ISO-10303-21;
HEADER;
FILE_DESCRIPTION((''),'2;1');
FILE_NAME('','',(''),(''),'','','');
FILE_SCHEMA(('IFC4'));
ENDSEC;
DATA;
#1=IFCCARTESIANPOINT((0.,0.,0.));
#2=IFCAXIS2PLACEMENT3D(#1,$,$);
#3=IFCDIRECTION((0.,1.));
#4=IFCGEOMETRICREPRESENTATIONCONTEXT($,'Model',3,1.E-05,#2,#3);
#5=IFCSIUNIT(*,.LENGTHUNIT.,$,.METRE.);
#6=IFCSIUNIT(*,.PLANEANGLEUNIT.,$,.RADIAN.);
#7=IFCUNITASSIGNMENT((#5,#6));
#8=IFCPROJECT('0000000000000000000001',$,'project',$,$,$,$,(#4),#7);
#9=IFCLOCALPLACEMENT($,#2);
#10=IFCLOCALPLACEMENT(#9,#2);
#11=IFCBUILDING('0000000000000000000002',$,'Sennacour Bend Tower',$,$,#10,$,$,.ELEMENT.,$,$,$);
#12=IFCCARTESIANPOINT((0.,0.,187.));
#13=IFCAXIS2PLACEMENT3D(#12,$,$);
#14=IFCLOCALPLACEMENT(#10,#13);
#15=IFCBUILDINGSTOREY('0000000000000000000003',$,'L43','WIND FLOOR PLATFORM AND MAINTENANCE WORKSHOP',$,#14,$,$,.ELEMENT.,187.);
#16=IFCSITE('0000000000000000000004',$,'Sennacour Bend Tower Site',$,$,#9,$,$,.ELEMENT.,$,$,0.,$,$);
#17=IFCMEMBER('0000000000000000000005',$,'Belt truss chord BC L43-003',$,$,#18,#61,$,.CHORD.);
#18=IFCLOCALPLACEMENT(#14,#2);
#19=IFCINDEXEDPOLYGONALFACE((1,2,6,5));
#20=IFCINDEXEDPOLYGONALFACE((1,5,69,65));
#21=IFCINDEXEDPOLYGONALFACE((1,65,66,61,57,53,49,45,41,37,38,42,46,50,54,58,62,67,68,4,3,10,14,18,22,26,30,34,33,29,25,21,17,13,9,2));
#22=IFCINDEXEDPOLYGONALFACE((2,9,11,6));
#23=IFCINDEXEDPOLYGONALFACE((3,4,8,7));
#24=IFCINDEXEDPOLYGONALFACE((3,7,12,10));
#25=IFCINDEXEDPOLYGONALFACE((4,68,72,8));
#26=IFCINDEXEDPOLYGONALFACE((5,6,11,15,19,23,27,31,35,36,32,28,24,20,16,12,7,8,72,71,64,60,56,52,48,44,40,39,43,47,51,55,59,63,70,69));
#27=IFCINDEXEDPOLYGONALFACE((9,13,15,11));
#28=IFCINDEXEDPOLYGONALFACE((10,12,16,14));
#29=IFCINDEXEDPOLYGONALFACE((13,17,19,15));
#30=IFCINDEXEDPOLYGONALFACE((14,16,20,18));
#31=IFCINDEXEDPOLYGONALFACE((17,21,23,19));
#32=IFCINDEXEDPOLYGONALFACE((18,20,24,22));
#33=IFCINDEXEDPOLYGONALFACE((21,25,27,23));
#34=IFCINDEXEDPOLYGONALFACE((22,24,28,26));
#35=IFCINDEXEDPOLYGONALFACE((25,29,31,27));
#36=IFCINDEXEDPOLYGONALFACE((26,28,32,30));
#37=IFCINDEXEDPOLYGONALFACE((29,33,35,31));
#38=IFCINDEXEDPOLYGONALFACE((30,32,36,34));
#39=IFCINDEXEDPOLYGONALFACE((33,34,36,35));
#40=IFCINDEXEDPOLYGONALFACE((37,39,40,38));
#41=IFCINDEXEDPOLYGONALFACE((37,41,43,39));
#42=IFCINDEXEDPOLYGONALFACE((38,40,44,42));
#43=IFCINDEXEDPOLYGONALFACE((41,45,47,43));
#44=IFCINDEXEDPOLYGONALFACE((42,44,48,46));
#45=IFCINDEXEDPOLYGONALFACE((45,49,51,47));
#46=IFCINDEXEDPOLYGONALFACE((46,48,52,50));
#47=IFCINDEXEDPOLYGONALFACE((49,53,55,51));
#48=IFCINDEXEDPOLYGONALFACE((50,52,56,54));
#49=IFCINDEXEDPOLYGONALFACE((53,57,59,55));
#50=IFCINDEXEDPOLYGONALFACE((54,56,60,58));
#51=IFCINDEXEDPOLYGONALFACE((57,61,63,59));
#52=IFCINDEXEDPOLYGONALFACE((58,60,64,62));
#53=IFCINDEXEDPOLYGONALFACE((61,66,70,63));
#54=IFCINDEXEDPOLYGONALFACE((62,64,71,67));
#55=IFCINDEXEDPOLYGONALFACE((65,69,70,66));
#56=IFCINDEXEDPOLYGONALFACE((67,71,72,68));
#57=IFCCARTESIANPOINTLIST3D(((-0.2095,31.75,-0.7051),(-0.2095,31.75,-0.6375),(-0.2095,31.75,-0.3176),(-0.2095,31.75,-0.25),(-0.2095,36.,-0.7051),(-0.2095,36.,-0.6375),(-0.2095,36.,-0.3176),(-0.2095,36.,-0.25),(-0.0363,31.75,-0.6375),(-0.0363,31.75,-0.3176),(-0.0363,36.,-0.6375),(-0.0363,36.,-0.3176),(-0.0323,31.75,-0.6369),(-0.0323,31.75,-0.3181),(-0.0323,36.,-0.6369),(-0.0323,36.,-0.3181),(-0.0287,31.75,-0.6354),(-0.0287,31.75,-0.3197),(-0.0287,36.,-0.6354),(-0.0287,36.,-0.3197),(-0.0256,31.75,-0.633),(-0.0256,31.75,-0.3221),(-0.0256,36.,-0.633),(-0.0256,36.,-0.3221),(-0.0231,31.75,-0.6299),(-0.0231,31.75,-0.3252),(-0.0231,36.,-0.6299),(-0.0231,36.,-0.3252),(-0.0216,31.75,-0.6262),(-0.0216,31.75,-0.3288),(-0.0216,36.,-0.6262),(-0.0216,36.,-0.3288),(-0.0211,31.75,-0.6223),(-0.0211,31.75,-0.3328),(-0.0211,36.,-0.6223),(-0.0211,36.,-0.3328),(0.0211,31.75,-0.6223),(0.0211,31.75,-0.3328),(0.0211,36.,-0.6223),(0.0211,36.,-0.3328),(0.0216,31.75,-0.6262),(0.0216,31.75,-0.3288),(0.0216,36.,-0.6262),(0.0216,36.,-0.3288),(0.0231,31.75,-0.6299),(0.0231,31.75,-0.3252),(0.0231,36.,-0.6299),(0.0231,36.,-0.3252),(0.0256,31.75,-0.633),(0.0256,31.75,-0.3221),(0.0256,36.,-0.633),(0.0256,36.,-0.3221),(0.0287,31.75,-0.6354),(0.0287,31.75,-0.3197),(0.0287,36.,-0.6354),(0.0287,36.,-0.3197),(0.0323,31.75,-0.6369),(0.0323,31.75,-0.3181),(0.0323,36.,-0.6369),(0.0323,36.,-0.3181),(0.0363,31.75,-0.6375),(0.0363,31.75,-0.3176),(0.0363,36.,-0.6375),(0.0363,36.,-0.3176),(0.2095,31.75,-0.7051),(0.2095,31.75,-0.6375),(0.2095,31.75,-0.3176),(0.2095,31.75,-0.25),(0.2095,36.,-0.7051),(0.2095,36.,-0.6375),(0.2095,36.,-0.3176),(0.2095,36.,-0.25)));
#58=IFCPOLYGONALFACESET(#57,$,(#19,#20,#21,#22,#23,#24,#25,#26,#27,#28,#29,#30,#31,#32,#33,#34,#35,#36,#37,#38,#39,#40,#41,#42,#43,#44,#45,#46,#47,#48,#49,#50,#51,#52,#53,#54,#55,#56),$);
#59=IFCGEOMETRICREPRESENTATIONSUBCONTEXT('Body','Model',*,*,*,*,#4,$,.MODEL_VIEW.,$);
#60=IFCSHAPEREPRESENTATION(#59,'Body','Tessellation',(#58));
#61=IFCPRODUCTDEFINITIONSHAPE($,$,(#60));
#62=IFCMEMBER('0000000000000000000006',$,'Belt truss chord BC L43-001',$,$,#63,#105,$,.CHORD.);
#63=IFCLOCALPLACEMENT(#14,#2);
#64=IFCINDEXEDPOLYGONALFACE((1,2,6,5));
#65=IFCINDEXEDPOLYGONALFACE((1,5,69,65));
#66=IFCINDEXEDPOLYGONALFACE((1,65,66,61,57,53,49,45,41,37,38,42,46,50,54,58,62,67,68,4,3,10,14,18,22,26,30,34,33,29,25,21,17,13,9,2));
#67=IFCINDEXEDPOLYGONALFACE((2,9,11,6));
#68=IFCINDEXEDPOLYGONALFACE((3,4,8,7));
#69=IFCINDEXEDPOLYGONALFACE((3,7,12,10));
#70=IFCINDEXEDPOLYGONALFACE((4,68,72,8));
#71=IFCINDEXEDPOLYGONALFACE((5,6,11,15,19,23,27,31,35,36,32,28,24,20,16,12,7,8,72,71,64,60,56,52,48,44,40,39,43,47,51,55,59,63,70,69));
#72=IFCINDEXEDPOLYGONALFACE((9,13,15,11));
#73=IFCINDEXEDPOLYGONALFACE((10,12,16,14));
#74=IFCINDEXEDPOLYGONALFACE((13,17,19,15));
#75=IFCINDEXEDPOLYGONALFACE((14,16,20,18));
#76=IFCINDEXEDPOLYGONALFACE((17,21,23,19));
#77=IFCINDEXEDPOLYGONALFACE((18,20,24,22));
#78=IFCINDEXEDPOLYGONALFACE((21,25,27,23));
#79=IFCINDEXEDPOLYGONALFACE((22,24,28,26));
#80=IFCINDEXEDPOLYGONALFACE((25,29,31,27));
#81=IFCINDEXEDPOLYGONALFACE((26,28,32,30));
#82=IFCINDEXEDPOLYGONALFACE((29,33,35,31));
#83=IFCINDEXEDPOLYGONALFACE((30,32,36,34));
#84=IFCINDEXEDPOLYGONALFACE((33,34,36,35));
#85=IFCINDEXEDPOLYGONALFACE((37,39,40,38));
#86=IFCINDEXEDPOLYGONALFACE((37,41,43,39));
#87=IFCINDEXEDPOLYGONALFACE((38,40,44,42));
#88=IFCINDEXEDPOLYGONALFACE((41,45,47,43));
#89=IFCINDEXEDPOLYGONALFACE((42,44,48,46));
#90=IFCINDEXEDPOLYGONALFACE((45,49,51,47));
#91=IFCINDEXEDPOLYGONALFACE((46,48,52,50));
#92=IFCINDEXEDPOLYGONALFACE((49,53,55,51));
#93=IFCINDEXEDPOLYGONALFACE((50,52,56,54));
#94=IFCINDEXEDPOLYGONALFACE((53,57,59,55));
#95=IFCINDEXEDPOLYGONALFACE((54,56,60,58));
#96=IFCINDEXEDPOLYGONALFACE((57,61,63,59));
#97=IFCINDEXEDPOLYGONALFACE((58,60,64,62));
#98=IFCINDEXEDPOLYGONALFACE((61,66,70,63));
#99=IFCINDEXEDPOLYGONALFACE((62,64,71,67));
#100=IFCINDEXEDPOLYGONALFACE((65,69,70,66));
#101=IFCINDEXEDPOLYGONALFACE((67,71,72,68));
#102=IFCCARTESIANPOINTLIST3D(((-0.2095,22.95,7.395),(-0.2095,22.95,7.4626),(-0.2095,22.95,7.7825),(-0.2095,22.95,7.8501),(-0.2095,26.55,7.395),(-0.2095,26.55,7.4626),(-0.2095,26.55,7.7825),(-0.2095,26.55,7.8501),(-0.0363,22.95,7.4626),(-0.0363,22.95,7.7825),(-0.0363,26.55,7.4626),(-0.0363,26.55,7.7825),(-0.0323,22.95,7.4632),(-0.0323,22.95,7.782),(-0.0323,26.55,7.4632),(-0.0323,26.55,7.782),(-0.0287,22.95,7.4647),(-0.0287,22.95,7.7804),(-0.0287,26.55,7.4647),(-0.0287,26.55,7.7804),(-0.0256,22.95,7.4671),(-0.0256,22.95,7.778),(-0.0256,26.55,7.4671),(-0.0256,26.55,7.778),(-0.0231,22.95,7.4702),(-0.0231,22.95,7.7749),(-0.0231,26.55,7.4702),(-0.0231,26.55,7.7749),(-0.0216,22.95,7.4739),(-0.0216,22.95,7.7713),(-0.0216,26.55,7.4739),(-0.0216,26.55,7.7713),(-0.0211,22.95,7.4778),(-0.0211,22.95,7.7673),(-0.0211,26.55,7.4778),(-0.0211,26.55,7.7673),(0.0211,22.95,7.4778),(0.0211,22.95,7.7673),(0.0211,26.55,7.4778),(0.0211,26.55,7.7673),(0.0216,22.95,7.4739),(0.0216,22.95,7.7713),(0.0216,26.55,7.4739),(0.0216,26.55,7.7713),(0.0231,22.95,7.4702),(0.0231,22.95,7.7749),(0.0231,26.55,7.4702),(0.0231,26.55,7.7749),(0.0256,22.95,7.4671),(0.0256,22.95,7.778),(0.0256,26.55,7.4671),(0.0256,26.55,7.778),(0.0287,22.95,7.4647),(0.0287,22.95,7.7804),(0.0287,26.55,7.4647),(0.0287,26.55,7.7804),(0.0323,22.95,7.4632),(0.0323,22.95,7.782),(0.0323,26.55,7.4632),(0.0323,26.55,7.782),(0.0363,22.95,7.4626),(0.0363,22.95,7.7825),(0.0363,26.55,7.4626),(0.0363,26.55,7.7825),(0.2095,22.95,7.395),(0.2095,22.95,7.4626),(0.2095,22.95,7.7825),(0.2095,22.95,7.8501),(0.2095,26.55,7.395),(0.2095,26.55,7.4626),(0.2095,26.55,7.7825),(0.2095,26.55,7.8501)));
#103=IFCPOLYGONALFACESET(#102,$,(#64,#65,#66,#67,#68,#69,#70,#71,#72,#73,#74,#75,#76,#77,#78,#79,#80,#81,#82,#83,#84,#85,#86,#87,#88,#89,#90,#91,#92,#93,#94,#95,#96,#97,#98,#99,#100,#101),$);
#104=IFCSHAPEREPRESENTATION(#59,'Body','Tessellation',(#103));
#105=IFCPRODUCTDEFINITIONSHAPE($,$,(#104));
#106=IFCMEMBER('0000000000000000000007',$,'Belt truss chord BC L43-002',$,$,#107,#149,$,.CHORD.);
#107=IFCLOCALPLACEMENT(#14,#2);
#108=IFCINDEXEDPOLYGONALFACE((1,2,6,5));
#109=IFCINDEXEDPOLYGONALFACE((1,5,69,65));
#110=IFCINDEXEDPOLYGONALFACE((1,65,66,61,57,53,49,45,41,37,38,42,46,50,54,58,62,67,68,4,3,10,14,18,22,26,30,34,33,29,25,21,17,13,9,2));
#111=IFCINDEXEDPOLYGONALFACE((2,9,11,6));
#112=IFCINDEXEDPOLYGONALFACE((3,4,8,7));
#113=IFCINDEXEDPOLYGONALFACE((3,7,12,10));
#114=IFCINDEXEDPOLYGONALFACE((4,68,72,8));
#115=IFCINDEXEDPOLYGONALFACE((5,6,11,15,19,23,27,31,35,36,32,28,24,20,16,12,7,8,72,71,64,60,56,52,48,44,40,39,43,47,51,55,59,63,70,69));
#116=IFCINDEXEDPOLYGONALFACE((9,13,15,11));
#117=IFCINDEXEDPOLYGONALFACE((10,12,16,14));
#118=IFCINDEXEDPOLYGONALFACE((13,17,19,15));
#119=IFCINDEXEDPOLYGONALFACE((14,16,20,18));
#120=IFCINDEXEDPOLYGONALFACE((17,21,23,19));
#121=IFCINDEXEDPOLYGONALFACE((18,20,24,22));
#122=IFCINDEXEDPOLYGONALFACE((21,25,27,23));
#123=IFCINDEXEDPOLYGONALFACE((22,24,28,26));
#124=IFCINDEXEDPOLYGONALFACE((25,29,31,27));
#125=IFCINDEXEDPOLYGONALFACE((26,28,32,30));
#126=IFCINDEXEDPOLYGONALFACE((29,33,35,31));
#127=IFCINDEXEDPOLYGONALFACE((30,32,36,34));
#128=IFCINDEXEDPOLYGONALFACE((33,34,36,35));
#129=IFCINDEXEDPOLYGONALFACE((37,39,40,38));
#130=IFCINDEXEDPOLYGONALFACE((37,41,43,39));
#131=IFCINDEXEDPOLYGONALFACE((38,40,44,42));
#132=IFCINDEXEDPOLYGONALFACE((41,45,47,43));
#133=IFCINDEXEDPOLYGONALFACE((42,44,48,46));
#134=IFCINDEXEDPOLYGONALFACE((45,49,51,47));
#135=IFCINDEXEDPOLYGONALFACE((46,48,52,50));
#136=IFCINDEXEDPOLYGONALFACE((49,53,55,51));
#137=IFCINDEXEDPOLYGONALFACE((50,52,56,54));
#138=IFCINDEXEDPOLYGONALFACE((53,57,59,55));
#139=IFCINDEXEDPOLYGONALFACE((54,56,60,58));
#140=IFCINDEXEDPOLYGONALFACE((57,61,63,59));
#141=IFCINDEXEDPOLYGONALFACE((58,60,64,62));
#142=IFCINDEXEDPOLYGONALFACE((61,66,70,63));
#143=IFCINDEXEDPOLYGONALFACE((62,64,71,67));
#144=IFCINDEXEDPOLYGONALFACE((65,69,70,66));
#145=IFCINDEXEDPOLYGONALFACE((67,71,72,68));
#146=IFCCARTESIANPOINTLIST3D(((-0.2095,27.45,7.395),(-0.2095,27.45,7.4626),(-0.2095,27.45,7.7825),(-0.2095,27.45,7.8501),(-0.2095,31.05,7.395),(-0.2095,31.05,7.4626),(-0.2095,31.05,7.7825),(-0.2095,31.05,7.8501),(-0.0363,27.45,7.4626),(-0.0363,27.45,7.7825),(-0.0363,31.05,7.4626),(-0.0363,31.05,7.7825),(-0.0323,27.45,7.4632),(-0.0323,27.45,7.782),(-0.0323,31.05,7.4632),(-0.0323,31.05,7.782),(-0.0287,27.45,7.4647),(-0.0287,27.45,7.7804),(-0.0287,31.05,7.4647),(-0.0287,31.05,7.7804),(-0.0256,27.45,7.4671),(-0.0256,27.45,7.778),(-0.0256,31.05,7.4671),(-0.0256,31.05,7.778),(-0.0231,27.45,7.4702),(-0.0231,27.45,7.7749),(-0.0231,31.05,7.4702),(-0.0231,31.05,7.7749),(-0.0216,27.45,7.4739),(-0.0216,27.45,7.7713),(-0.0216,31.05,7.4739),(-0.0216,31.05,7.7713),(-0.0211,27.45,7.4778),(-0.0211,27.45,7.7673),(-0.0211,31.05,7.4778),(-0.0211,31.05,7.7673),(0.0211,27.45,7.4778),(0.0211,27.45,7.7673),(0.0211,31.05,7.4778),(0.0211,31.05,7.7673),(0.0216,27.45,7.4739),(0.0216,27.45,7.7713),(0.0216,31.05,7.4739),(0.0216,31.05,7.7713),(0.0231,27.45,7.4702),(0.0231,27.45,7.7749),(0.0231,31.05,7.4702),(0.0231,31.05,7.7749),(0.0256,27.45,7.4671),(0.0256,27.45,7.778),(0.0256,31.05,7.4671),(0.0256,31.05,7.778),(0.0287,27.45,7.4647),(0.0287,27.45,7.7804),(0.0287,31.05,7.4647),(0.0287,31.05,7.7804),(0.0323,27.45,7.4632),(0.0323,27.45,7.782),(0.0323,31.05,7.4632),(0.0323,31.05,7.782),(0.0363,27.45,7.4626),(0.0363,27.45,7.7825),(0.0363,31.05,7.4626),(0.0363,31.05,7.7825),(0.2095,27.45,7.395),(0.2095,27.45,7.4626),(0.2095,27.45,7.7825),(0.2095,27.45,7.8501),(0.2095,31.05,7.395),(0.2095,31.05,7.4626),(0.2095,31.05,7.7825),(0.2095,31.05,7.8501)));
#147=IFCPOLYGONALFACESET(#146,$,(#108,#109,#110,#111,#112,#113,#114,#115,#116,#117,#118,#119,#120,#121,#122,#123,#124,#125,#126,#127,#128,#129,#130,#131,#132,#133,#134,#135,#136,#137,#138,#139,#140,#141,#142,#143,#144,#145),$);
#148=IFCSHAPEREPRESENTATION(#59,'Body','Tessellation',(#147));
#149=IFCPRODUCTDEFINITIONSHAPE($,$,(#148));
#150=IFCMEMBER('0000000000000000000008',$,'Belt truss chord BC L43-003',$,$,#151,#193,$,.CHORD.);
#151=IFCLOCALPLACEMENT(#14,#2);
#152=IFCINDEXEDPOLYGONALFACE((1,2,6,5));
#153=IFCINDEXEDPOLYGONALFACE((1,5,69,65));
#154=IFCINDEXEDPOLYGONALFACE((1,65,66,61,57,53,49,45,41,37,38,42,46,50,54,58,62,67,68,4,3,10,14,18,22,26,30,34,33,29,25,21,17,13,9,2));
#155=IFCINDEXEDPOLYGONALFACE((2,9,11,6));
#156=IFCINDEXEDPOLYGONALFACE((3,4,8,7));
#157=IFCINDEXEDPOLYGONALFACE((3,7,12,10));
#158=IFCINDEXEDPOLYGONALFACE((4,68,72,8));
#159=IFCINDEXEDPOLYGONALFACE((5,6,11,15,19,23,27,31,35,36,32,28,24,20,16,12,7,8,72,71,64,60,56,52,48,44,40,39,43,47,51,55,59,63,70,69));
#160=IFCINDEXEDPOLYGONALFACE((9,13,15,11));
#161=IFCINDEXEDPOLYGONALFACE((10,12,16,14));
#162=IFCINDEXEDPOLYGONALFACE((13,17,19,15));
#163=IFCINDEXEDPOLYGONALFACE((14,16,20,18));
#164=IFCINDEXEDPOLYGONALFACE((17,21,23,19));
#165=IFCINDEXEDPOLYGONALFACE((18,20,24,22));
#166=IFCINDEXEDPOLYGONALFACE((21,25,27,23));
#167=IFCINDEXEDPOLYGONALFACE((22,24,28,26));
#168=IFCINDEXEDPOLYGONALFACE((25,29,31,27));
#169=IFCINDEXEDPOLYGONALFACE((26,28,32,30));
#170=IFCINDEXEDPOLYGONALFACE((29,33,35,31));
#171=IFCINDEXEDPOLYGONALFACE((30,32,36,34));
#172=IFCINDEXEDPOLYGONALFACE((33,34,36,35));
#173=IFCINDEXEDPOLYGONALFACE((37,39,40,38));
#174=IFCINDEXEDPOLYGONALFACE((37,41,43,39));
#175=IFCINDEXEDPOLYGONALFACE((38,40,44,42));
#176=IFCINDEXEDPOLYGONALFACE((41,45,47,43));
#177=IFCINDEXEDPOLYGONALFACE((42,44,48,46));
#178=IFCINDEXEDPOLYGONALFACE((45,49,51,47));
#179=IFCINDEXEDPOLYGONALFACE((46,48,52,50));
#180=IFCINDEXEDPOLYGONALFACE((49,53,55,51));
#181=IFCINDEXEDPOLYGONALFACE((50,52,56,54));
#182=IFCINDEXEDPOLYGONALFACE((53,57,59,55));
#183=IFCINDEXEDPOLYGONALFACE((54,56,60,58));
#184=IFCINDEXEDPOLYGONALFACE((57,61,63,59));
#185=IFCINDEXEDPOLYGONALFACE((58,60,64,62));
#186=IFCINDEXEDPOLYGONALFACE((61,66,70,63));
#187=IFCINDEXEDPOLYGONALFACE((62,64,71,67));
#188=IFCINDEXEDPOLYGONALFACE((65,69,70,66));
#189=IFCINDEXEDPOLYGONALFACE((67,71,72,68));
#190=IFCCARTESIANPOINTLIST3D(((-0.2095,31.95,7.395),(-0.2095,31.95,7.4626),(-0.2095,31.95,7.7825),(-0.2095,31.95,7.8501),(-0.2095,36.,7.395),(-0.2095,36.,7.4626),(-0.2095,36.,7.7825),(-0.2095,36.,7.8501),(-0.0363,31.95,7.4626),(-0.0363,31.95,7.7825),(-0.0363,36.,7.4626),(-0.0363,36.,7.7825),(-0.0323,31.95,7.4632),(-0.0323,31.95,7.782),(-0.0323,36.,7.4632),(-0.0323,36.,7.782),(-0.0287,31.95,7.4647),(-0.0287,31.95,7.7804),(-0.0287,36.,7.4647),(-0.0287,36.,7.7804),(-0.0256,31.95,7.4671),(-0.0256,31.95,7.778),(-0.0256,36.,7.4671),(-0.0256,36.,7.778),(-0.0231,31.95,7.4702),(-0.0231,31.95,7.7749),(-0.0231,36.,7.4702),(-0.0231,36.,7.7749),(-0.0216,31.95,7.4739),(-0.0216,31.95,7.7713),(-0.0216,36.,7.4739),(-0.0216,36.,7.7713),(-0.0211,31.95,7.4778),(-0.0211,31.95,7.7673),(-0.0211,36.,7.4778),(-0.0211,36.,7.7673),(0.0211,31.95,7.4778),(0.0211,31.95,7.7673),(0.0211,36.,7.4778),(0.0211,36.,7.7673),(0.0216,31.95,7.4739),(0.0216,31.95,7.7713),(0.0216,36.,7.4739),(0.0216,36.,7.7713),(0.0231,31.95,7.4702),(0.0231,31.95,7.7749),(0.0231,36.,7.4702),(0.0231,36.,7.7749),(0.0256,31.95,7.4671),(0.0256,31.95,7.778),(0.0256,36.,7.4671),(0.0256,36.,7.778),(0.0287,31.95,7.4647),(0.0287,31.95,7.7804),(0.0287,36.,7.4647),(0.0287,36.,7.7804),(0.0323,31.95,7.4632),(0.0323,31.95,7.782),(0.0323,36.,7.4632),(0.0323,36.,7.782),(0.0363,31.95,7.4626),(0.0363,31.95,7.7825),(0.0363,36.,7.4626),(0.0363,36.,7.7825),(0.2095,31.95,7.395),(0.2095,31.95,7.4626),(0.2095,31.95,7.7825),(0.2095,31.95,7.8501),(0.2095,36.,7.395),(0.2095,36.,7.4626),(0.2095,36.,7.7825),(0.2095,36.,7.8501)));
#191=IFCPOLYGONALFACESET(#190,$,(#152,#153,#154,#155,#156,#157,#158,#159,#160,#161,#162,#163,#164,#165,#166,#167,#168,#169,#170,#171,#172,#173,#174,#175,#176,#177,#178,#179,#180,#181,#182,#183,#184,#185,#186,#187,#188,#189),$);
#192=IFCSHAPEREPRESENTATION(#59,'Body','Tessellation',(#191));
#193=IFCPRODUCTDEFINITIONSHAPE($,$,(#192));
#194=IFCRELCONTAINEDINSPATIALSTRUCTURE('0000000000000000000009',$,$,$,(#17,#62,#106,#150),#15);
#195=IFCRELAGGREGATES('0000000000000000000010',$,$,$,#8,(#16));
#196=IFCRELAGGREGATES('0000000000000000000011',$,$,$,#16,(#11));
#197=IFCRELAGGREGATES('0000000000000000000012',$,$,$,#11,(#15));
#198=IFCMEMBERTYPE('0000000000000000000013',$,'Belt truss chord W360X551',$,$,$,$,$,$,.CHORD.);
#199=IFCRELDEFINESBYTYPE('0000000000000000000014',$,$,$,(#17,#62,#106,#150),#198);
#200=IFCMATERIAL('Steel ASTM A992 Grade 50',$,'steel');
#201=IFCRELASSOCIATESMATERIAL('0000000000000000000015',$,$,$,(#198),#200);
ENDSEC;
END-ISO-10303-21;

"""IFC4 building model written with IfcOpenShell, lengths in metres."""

from ifc_helpers import new_model, si_unit, direction, frame, origin, origin_2d, place, context, subcontext, project, spatial, i_section, extrude, material, material_profile, profile_set, type_object, element, save


model = new_model("IFC4")

# Units and contexts
model_context = context("Model", 3, precision=1e-05, world=origin(), true_north=direction((0.0, 1.0)))
body_context = subcontext(model_context, "Body", "Model", "MODEL_VIEW")
ifc_project = project(units=[si_unit("LENGTHUNIT", "METRE"), si_unit("PLANEANGLEUNIT", "RADIAN")], contexts=[model_context])

# Site, building, storey
site_placement = place(None, origin())
site = spatial("IfcSite", under=ifc_project, at=site_placement, Name="Sennacour Bend Tower Site", CompositionType="ELEMENT", RefElevation=0.0)
building_placement = place(site_placement, origin())
building = spatial("IfcBuilding", under=site, at=building_placement, Name="Sennacour Bend Tower", CompositionType="ELEMENT")
storey_placement = place(building_placement, frame((0.0, 0.0, 187.0)))
storey = spatial("IfcBuildingStorey", under=building, at=storey_placement, Name="L43", Description="WIND FLOOR PLATFORM AND MAINTENANCE WORKSHOP", CompositionType="ELEMENT", Elevation=187.0)

# Members
ifc_material_1 = material(Name="Steel ASTM A992 Grade 50", Category="steel")
ifc_material_profile_1 = material_profile(ifc_material_1, i_section(OverallWidth=0.4189, OverallDepth=0.4551, WebThickness=0.0422, FlangeThickness=0.0676, FilletRadius=0.0151, at=origin_2d()), Name="Steel ASTM A992 Grade 50", Category="steel")
ifc_profile_set_1 = profile_set([ifc_material_profile_1], Name="Steel ASTM A992 Grade 50")
member_type_1 = type_object("IfcMemberType", Name="Belt truss chord W360X551", PredefinedType="CHORD", material=ifc_profile_set_1)
member_1_placement = place(storey_placement, frame((0.0, 31.75, -0.4775), z_axis=(0.0, 1.0, 0.0), x_axis=(-1.0, 0.0, 0.0)))
element("IfcMember", 1, at=member_1_placement, inside=storey, type_object=member_type_1, Name="Belt truss chord BC L43-003", PredefinedType="CHORD", context=body_context, shape_type="SweptSolid", body=[
    extrude(i_section(OverallWidth=0.4189, OverallDepth=0.4551, WebThickness=0.0422, FlangeThickness=0.0676, FilletRadius=0.0151, at=origin_2d()), origin(), (0.0, 0.0, 1.0), 4.25),
])
for number, where, z_axis, x_axis, name in (
    (2, (0.0, 22.95, 7.6226), (0.0, 1.0, 0.0), (-1.0, 0.0, 0.0), "Belt truss chord BC L43-001"),
    (3, (0.0, 27.45, 7.6226), (0.0, 1.0, 0.0), (-1.0, 0.0, 0.0), "Belt truss chord BC L43-002"),
):
    element("IfcMember", number, at=place(storey_placement, frame(where, z_axis=z_axis, x_axis=x_axis)), inside=storey, type_object=member_type_1, Name=name, PredefinedType="CHORD", context=body_context, shape_type="SweptSolid", body=[
        extrude(i_section(OverallWidth=0.4189, OverallDepth=0.4551, WebThickness=0.0422, FlangeThickness=0.0676, FilletRadius=0.0151, at=origin_2d()), origin(), (0.0, 0.0, 1.0), 3.6001),
    ])
member_2_placement = place(storey_placement, frame((0.0, 31.95, 7.6226), z_axis=(0.0, 1.0, 0.0), x_axis=(-1.0, 0.0, 0.0)))
element("IfcMember", 4, at=member_2_placement, inside=storey, type_object=member_type_1, Name="Belt truss chord BC L43-003", PredefinedType="CHORD", context=body_context, shape_type="SweptSolid", body=[
    extrude(i_section(OverallWidth=0.4189, OverallDepth=0.4551, WebThickness=0.0422, FlangeThickness=0.0676, FilletRadius=0.0151, at=origin_2d()), origin(), (0.0, 0.0, 1.0), 4.05),
])

save(model, "model.ifc")
